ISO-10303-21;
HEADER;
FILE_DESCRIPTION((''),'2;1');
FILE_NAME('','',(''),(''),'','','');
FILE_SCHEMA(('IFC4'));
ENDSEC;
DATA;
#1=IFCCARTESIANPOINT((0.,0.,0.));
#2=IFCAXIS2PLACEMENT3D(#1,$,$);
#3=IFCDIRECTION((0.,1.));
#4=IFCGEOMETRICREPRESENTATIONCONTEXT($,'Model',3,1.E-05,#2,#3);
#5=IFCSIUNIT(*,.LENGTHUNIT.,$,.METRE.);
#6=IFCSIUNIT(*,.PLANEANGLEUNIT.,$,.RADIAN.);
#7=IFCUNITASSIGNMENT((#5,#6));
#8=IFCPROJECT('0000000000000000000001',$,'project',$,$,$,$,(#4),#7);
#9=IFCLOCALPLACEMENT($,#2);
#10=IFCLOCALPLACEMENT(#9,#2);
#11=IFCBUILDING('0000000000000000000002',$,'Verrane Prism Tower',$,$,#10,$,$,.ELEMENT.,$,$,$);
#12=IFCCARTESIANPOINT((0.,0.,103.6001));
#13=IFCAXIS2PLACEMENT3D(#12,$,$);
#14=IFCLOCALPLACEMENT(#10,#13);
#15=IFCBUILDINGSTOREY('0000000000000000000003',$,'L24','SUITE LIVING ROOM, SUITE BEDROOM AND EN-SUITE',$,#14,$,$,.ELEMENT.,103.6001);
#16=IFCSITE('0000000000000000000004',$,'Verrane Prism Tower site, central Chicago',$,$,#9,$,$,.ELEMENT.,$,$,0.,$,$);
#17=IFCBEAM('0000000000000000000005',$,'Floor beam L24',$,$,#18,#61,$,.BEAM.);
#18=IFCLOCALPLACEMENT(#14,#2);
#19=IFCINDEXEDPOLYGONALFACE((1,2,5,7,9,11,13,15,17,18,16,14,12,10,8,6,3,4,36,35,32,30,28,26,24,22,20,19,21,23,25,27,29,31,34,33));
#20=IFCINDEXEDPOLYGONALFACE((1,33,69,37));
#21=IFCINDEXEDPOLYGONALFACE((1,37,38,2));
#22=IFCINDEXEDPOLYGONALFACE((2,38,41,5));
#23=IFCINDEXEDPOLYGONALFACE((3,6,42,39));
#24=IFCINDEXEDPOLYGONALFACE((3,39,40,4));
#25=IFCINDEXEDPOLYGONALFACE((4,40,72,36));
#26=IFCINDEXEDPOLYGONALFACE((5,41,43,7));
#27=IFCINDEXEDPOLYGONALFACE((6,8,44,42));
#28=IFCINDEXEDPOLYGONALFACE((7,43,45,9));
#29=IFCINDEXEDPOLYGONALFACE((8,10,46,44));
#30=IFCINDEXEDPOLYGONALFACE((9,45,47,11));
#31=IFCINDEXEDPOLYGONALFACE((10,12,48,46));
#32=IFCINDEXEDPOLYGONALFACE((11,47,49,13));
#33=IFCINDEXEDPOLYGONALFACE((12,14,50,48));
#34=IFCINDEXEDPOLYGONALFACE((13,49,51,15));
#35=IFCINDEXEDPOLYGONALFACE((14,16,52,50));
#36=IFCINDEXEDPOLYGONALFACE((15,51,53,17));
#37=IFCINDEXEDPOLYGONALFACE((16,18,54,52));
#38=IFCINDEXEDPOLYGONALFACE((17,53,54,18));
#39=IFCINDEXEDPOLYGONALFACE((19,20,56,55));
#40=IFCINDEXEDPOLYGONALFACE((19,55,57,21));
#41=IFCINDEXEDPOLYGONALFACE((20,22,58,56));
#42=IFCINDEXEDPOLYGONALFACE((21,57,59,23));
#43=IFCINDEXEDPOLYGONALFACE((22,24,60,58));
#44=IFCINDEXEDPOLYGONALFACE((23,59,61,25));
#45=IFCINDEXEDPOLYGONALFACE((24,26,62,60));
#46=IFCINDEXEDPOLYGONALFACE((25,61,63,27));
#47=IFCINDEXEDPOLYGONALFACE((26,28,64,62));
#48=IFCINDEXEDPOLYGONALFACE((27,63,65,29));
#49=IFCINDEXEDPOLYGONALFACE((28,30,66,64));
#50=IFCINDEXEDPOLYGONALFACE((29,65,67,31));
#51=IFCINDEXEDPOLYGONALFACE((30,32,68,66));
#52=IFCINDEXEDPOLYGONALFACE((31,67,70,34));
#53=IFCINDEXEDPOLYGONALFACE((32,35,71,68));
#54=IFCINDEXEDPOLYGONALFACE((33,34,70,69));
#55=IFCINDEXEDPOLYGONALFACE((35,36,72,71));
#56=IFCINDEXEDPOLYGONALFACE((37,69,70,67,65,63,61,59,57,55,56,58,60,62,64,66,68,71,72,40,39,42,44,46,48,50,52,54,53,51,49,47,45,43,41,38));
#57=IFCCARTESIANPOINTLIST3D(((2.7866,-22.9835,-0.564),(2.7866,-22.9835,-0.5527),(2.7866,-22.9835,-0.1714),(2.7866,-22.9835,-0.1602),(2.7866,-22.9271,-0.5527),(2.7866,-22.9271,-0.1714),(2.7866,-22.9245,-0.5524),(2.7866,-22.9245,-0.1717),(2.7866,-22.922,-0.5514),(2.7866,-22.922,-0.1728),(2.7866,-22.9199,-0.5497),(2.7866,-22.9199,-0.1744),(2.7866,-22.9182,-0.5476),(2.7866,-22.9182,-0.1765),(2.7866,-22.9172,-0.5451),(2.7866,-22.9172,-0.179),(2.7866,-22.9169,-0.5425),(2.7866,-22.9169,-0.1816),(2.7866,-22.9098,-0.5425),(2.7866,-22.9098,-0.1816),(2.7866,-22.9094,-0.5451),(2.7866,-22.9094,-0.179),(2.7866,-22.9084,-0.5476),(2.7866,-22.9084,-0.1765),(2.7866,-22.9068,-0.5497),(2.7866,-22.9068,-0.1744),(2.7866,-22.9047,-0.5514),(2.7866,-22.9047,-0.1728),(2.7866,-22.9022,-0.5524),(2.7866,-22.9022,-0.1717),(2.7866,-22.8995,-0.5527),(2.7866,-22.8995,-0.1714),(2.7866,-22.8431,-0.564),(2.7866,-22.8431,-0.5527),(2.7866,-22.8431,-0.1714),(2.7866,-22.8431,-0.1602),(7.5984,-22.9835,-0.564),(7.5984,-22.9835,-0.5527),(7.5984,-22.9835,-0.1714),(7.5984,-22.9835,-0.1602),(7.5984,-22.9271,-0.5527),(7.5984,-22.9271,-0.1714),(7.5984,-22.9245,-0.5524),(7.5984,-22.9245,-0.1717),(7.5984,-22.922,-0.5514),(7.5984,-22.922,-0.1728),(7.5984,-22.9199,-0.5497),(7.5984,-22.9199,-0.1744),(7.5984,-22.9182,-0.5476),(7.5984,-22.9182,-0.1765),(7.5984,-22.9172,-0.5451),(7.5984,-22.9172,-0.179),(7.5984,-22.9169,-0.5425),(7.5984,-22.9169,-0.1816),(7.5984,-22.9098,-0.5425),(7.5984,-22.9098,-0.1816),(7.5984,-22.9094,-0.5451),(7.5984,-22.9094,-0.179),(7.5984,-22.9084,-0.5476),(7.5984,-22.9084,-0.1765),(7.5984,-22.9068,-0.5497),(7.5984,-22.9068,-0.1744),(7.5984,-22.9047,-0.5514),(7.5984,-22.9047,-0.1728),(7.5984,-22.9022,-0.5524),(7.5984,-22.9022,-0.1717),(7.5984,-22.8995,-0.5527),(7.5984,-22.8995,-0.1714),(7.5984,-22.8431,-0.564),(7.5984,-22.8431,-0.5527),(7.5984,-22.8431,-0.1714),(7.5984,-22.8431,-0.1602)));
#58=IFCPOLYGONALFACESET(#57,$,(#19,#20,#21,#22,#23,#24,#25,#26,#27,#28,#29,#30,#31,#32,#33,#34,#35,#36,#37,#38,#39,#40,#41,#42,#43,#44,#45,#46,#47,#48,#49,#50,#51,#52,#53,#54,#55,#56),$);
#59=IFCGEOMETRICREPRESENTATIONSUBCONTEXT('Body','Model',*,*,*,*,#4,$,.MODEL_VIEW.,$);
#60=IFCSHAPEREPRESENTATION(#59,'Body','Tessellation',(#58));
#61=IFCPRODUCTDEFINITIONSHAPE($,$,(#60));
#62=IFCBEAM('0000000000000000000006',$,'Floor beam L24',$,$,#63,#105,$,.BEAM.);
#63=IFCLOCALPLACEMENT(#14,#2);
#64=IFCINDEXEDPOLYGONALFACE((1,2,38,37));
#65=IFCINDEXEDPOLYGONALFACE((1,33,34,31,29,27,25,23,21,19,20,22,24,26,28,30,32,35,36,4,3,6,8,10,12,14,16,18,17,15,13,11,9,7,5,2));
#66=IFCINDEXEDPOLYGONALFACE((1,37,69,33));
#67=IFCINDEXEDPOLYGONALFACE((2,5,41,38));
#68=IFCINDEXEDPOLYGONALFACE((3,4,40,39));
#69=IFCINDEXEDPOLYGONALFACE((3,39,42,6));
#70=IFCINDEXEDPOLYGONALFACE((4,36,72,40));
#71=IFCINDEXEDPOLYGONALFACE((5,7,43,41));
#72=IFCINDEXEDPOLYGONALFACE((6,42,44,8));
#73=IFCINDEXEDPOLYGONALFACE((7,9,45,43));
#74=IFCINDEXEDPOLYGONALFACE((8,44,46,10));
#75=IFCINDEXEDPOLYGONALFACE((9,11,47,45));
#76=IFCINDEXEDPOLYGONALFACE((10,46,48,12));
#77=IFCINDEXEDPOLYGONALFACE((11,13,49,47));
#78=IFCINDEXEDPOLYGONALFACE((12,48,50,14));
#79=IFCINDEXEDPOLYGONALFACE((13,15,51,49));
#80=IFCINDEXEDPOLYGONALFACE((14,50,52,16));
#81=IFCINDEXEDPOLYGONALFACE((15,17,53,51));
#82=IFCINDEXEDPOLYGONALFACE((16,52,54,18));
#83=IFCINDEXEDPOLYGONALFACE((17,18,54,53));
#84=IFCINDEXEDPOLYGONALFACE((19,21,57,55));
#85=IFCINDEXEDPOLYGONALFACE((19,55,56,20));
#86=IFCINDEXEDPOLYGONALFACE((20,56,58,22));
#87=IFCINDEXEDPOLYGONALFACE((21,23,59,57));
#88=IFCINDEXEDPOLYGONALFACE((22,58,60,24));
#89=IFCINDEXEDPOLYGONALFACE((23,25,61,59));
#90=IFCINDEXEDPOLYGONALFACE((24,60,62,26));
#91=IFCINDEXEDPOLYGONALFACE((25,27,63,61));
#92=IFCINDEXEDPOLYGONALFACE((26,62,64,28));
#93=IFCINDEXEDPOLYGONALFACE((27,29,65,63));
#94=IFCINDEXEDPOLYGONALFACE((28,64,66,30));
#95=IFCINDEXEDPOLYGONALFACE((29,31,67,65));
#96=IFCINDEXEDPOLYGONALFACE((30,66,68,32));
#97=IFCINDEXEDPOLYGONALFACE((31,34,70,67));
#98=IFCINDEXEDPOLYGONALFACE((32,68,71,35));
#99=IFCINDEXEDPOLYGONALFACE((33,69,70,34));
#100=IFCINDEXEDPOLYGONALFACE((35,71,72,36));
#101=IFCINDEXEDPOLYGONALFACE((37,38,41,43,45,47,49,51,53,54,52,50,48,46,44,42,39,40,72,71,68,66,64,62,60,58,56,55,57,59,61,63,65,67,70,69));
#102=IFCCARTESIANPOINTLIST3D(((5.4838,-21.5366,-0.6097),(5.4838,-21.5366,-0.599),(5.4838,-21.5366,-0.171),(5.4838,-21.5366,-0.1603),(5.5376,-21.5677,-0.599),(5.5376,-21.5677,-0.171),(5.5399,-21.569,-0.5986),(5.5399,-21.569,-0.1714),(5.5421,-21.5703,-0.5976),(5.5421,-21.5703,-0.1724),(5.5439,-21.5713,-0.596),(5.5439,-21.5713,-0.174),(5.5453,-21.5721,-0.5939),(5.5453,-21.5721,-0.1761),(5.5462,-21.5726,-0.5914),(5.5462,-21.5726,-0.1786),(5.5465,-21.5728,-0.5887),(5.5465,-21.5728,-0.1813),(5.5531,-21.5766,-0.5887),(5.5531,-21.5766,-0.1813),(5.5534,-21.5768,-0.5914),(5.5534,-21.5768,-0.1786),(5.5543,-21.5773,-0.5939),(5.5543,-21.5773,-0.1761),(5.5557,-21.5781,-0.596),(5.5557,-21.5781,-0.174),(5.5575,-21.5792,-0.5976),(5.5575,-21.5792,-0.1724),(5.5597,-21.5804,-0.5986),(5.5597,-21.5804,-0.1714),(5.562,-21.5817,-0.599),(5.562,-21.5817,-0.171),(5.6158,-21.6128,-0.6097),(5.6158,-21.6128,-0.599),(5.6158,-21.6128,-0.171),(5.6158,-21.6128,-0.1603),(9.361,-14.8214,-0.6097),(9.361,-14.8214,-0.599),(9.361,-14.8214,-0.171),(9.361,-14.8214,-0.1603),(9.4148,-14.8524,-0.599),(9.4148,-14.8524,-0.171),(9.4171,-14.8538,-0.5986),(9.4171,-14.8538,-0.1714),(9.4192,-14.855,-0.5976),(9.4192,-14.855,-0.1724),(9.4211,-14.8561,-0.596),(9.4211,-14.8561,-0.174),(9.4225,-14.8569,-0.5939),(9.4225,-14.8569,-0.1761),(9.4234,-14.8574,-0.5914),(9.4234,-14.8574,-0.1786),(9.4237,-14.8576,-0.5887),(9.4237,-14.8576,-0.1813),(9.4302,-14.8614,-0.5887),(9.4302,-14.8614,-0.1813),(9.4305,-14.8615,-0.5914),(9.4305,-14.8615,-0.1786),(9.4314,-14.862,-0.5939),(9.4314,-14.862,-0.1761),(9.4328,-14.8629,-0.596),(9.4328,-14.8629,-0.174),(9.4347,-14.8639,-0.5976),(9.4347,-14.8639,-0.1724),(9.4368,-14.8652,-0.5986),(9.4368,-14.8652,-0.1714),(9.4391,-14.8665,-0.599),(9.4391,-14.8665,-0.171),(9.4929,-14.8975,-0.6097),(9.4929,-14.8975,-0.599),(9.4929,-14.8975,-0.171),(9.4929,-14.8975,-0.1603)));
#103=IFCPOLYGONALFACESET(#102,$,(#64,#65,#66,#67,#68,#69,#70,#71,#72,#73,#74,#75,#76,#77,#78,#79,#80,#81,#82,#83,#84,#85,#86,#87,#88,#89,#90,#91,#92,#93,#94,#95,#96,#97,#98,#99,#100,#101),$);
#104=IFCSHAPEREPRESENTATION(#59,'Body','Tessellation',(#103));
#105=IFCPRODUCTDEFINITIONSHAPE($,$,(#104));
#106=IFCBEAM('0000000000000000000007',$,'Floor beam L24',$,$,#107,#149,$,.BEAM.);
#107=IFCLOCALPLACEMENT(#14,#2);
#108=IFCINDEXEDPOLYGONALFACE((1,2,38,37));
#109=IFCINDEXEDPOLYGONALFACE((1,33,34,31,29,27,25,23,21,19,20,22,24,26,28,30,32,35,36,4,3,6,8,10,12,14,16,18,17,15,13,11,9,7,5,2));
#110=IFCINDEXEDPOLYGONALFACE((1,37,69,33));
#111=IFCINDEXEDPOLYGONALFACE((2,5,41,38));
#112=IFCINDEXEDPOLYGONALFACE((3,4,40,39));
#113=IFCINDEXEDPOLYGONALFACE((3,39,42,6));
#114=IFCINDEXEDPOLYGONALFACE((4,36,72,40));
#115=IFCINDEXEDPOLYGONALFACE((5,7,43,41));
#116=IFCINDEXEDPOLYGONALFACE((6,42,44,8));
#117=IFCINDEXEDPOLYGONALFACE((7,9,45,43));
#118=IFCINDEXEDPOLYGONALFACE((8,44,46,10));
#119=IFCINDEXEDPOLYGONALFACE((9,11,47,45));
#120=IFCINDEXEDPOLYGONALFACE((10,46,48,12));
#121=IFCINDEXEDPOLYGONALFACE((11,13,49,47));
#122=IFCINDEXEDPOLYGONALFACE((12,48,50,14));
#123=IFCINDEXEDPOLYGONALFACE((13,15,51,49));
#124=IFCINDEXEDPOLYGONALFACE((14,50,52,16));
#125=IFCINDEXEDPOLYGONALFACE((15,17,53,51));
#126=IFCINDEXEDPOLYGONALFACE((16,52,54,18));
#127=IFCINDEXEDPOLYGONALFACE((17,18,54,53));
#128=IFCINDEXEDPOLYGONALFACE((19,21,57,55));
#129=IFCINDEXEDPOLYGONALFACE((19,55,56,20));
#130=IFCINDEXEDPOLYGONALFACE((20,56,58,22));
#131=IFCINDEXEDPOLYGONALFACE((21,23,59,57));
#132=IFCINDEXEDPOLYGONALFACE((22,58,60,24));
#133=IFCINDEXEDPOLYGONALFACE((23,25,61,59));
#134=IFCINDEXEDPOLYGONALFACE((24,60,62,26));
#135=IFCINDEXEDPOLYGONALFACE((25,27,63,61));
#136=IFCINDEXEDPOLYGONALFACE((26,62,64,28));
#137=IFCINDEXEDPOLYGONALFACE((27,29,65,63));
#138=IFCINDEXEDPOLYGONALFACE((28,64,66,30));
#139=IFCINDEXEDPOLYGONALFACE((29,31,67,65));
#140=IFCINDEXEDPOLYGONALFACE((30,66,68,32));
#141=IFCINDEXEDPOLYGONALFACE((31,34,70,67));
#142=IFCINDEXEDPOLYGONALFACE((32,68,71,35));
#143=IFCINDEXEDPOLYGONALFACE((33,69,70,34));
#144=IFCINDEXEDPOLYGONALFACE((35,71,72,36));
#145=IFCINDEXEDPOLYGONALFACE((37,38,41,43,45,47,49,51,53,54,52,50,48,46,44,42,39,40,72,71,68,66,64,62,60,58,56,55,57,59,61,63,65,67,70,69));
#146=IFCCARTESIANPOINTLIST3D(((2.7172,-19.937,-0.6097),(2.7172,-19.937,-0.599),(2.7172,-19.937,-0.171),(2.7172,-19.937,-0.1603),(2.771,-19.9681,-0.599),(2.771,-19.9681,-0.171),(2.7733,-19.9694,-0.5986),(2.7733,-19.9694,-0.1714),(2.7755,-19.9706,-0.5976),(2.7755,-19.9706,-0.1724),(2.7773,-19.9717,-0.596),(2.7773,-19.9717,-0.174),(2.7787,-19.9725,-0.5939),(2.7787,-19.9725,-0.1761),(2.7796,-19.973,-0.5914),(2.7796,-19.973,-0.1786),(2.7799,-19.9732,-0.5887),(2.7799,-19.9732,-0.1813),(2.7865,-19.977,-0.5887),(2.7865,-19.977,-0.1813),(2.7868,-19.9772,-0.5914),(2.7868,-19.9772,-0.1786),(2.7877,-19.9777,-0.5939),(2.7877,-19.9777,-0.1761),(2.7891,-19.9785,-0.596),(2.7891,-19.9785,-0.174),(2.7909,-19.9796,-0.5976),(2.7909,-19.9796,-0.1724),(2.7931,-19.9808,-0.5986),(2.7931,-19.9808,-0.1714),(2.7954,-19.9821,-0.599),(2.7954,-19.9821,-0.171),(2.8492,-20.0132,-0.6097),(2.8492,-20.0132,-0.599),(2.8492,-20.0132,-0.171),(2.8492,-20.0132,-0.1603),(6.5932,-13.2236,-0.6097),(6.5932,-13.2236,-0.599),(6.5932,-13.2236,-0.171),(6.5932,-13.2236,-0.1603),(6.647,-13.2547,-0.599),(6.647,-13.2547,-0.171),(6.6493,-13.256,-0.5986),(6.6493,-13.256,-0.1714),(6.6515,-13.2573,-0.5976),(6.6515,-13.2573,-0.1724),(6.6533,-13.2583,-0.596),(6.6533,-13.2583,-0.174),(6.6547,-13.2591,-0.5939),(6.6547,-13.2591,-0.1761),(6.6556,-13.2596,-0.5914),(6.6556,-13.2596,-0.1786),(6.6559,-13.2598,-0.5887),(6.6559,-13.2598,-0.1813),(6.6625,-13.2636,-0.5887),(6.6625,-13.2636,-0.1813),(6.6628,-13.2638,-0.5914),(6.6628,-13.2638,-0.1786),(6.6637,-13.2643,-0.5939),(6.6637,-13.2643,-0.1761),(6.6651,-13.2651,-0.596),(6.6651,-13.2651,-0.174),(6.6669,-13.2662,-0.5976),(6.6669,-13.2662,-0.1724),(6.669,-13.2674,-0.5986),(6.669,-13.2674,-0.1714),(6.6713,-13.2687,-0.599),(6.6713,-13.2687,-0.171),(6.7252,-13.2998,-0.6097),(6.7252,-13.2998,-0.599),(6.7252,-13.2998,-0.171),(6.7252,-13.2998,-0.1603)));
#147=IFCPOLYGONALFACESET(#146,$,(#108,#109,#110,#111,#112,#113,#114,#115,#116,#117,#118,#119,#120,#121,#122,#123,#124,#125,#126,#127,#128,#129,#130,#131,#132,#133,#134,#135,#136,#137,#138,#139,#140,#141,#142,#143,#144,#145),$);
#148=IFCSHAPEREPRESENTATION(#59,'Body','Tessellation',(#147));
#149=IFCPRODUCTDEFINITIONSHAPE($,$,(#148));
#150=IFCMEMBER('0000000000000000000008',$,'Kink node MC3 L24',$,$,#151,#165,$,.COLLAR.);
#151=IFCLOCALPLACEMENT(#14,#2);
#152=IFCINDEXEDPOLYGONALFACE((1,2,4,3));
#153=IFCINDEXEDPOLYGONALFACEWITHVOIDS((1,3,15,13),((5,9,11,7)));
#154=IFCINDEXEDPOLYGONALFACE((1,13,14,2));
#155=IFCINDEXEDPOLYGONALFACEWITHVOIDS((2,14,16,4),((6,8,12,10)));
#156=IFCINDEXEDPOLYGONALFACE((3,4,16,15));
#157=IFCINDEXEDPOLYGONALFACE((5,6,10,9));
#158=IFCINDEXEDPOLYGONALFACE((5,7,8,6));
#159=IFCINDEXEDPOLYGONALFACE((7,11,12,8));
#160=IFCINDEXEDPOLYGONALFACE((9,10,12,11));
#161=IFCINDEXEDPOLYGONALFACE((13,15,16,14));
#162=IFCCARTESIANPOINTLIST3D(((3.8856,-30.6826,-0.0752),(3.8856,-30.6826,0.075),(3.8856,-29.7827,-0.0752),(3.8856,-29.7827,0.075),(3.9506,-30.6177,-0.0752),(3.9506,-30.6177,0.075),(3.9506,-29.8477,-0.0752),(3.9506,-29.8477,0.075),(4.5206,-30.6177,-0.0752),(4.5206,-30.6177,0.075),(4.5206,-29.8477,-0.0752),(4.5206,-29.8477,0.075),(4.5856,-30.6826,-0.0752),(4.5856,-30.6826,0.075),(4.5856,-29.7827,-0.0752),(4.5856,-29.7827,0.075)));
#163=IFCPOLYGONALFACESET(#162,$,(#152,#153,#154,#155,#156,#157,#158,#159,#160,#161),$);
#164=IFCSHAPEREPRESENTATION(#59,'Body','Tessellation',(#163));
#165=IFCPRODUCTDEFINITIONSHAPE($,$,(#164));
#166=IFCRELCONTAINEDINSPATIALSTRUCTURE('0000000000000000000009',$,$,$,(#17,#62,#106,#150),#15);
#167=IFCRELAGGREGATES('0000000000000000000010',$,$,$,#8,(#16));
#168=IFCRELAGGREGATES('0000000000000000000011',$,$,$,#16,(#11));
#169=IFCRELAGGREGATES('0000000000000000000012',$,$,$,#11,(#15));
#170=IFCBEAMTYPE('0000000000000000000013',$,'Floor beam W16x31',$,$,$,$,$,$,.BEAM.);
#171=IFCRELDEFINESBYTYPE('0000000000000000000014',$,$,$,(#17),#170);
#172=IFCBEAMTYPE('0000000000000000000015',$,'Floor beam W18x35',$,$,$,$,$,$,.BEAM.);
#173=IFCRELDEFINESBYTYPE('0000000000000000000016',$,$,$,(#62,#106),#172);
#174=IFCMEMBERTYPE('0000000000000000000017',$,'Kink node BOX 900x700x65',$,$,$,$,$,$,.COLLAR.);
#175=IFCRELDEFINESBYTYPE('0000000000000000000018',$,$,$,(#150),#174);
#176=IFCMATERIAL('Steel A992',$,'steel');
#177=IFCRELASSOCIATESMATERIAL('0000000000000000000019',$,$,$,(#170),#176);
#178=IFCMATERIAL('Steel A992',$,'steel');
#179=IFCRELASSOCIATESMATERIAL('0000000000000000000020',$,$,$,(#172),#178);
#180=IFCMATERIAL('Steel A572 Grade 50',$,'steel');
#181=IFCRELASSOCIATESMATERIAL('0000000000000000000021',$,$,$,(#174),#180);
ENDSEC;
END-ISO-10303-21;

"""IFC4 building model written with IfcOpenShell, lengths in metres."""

from ifc_helpers import new_model, si_unit, direction, frame, origin, origin_2d, place, context, subcontext, project, spatial, hollow_rectangle, i_section, extrude, material, material_profile, profile_set, type_object, element, save


model = new_model("IFC4")

# Units and contexts
model_context = context("Model", 3, precision=1e-05, world=origin(), true_north=direction((0.0, 1.0)))
body_context = subcontext(model_context, "Body", "Model", "MODEL_VIEW")
ifc_project = project(units=[si_unit("LENGTHUNIT", "METRE"), si_unit("PLANEANGLEUNIT", "RADIAN")], contexts=[model_context])

# Site, building, storey
site_placement = place(None, origin())
site = spatial("IfcSite", under=ifc_project, at=site_placement, Name="Verrane Prism Tower site, central Chicago", CompositionType="ELEMENT", RefElevation=0.0)
building_placement = place(site_placement, origin())
building = spatial("IfcBuilding", under=site, at=building_placement, Name="Verrane Prism Tower", CompositionType="ELEMENT")
storey_placement = place(building_placement, frame((0.0, 0.0, 103.6001)))
storey = spatial("IfcBuildingStorey", under=building, at=storey_placement, Name="L24", Description="SUITE LIVING ROOM, SUITE BEDROOM AND EN-SUITE", CompositionType="ELEMENT", Elevation=103.6001)

# Beams
ifc_material_1 = material(Name="Steel A992", Category="steel")
ifc_material_profile_1 = material_profile(ifc_material_1, i_section(OverallWidth=0.1404, OverallDepth=0.4038, WebThickness=0.0071, FlangeThickness=0.0112, FilletRadius=0.0103, at=origin_2d()), Name="W16x31")
ifc_profile_set_1 = profile_set([ifc_material_profile_1], Name="Steel A992")
beam_type_1 = type_object("IfcBeamType", Name="Floor beam W16x31", PredefinedType="BEAM", material=ifc_profile_set_1)
beam_1_placement = place(storey_placement, frame((2.7866, -22.9133, -0.3621), z_axis=(1.0, 0.0, 0.0), x_axis=(0.0, 1.0, 0.0)))
element("IfcBeam", 1, at=beam_1_placement, inside=storey, type_object=beam_type_1, Name="Floor beam L24", PredefinedType="BEAM", context=body_context, shape_type="SweptSolid", body=[
    extrude(i_section(OverallWidth=0.1404, OverallDepth=0.4038, WebThickness=0.0071, FlangeThickness=0.0112, FilletRadius=0.0103, at=origin_2d()), origin(), (0.0, 0.0, 1.0), 4.8118),
])
ifc_material_2 = material(Name="Steel A992", Category="steel")
ifc_material_profile_2 = material_profile(ifc_material_2, i_section(OverallWidth=0.1523, OverallDepth=0.4495, WebThickness=0.0076, FlangeThickness=0.0107, FilletRadius=0.0103, at=origin_2d()), Name="W18x35")
ifc_profile_set_2 = profile_set([ifc_material_profile_2], Name="Steel A992")
beam_type_2 = type_object("IfcBeamType", Name="Floor beam W18x35", PredefinedType="BEAM", material=ifc_profile_set_2)
beam_2_placement = place(storey_placement, frame((5.5498, -21.5747, -0.385), z_axis=(0.50001, 0.86602, 0.0), x_axis=(-0.86602, 0.50001, 0.0)))
element("IfcBeam", 2, at=beam_2_placement, inside=storey, type_object=beam_type_2, Name="Floor beam L24", PredefinedType="BEAM", context=body_context, shape_type="SweptSolid", body=[
    extrude(i_section(OverallWidth=0.1523, OverallDepth=0.4495, WebThickness=0.0076, FlangeThickness=0.0107, FilletRadius=0.0103, at=origin_2d()), origin(), (0.0, 0.0, 1.0), 7.7542),
])
beam_3_placement = place(storey_placement, frame((2.7832, -19.9751, -0.385), z_axis=(0.500001, 0.866025, 0.0), x_axis=(-0.866025, 0.500001, 0.0)))
element("IfcBeam", 3, at=beam_3_placement, inside=storey, type_object=beam_type_2, Name="Floor beam L24", PredefinedType="BEAM", context=body_context, shape_type="SweptSolid", body=[
    extrude(i_section(OverallWidth=0.1523, OverallDepth=0.4495, WebThickness=0.0076, FlangeThickness=0.0107, FilletRadius=0.0103, at=origin_2d()), origin(), (0.0, 0.0, 1.0), 7.752),
])

# Member
ifc_material_3 = material(Name="Steel A572 Grade 50", Category="steel")
ifc_material_profile_3 = material_profile(ifc_material_3, hollow_rectangle(XDim=0.7, YDim=0.8999, WallThickness=0.0649, at=origin_2d()), Name="BOX 900x700x65")
ifc_profile_set_3 = profile_set([ifc_material_profile_3], Name="Steel A572 Grade 50")
member_type_1 = type_object("IfcMemberType", Name="Kink node BOX 900x700x65", PredefinedType="COLLAR", material=ifc_profile_set_3)
member_1_placement = place(storey_placement, frame((4.2356, -30.2327, -0.0752), z_axis=(0.0, 0.0, 1.0), x_axis=(-1.0, 0.0, 0.0)))
element("IfcMember", 4, at=member_1_placement, inside=storey, type_object=member_type_1, Name="Kink node MC3 L24", PredefinedType="COLLAR", context=body_context, shape_type="SweptSolid", body=[
    extrude(hollow_rectangle(XDim=0.7, YDim=0.8999, WallThickness=0.0649, at=origin_2d()), origin(), (0.0, 0.0, 1.0), 0.1501),
])

save(model, "model.ifc")
